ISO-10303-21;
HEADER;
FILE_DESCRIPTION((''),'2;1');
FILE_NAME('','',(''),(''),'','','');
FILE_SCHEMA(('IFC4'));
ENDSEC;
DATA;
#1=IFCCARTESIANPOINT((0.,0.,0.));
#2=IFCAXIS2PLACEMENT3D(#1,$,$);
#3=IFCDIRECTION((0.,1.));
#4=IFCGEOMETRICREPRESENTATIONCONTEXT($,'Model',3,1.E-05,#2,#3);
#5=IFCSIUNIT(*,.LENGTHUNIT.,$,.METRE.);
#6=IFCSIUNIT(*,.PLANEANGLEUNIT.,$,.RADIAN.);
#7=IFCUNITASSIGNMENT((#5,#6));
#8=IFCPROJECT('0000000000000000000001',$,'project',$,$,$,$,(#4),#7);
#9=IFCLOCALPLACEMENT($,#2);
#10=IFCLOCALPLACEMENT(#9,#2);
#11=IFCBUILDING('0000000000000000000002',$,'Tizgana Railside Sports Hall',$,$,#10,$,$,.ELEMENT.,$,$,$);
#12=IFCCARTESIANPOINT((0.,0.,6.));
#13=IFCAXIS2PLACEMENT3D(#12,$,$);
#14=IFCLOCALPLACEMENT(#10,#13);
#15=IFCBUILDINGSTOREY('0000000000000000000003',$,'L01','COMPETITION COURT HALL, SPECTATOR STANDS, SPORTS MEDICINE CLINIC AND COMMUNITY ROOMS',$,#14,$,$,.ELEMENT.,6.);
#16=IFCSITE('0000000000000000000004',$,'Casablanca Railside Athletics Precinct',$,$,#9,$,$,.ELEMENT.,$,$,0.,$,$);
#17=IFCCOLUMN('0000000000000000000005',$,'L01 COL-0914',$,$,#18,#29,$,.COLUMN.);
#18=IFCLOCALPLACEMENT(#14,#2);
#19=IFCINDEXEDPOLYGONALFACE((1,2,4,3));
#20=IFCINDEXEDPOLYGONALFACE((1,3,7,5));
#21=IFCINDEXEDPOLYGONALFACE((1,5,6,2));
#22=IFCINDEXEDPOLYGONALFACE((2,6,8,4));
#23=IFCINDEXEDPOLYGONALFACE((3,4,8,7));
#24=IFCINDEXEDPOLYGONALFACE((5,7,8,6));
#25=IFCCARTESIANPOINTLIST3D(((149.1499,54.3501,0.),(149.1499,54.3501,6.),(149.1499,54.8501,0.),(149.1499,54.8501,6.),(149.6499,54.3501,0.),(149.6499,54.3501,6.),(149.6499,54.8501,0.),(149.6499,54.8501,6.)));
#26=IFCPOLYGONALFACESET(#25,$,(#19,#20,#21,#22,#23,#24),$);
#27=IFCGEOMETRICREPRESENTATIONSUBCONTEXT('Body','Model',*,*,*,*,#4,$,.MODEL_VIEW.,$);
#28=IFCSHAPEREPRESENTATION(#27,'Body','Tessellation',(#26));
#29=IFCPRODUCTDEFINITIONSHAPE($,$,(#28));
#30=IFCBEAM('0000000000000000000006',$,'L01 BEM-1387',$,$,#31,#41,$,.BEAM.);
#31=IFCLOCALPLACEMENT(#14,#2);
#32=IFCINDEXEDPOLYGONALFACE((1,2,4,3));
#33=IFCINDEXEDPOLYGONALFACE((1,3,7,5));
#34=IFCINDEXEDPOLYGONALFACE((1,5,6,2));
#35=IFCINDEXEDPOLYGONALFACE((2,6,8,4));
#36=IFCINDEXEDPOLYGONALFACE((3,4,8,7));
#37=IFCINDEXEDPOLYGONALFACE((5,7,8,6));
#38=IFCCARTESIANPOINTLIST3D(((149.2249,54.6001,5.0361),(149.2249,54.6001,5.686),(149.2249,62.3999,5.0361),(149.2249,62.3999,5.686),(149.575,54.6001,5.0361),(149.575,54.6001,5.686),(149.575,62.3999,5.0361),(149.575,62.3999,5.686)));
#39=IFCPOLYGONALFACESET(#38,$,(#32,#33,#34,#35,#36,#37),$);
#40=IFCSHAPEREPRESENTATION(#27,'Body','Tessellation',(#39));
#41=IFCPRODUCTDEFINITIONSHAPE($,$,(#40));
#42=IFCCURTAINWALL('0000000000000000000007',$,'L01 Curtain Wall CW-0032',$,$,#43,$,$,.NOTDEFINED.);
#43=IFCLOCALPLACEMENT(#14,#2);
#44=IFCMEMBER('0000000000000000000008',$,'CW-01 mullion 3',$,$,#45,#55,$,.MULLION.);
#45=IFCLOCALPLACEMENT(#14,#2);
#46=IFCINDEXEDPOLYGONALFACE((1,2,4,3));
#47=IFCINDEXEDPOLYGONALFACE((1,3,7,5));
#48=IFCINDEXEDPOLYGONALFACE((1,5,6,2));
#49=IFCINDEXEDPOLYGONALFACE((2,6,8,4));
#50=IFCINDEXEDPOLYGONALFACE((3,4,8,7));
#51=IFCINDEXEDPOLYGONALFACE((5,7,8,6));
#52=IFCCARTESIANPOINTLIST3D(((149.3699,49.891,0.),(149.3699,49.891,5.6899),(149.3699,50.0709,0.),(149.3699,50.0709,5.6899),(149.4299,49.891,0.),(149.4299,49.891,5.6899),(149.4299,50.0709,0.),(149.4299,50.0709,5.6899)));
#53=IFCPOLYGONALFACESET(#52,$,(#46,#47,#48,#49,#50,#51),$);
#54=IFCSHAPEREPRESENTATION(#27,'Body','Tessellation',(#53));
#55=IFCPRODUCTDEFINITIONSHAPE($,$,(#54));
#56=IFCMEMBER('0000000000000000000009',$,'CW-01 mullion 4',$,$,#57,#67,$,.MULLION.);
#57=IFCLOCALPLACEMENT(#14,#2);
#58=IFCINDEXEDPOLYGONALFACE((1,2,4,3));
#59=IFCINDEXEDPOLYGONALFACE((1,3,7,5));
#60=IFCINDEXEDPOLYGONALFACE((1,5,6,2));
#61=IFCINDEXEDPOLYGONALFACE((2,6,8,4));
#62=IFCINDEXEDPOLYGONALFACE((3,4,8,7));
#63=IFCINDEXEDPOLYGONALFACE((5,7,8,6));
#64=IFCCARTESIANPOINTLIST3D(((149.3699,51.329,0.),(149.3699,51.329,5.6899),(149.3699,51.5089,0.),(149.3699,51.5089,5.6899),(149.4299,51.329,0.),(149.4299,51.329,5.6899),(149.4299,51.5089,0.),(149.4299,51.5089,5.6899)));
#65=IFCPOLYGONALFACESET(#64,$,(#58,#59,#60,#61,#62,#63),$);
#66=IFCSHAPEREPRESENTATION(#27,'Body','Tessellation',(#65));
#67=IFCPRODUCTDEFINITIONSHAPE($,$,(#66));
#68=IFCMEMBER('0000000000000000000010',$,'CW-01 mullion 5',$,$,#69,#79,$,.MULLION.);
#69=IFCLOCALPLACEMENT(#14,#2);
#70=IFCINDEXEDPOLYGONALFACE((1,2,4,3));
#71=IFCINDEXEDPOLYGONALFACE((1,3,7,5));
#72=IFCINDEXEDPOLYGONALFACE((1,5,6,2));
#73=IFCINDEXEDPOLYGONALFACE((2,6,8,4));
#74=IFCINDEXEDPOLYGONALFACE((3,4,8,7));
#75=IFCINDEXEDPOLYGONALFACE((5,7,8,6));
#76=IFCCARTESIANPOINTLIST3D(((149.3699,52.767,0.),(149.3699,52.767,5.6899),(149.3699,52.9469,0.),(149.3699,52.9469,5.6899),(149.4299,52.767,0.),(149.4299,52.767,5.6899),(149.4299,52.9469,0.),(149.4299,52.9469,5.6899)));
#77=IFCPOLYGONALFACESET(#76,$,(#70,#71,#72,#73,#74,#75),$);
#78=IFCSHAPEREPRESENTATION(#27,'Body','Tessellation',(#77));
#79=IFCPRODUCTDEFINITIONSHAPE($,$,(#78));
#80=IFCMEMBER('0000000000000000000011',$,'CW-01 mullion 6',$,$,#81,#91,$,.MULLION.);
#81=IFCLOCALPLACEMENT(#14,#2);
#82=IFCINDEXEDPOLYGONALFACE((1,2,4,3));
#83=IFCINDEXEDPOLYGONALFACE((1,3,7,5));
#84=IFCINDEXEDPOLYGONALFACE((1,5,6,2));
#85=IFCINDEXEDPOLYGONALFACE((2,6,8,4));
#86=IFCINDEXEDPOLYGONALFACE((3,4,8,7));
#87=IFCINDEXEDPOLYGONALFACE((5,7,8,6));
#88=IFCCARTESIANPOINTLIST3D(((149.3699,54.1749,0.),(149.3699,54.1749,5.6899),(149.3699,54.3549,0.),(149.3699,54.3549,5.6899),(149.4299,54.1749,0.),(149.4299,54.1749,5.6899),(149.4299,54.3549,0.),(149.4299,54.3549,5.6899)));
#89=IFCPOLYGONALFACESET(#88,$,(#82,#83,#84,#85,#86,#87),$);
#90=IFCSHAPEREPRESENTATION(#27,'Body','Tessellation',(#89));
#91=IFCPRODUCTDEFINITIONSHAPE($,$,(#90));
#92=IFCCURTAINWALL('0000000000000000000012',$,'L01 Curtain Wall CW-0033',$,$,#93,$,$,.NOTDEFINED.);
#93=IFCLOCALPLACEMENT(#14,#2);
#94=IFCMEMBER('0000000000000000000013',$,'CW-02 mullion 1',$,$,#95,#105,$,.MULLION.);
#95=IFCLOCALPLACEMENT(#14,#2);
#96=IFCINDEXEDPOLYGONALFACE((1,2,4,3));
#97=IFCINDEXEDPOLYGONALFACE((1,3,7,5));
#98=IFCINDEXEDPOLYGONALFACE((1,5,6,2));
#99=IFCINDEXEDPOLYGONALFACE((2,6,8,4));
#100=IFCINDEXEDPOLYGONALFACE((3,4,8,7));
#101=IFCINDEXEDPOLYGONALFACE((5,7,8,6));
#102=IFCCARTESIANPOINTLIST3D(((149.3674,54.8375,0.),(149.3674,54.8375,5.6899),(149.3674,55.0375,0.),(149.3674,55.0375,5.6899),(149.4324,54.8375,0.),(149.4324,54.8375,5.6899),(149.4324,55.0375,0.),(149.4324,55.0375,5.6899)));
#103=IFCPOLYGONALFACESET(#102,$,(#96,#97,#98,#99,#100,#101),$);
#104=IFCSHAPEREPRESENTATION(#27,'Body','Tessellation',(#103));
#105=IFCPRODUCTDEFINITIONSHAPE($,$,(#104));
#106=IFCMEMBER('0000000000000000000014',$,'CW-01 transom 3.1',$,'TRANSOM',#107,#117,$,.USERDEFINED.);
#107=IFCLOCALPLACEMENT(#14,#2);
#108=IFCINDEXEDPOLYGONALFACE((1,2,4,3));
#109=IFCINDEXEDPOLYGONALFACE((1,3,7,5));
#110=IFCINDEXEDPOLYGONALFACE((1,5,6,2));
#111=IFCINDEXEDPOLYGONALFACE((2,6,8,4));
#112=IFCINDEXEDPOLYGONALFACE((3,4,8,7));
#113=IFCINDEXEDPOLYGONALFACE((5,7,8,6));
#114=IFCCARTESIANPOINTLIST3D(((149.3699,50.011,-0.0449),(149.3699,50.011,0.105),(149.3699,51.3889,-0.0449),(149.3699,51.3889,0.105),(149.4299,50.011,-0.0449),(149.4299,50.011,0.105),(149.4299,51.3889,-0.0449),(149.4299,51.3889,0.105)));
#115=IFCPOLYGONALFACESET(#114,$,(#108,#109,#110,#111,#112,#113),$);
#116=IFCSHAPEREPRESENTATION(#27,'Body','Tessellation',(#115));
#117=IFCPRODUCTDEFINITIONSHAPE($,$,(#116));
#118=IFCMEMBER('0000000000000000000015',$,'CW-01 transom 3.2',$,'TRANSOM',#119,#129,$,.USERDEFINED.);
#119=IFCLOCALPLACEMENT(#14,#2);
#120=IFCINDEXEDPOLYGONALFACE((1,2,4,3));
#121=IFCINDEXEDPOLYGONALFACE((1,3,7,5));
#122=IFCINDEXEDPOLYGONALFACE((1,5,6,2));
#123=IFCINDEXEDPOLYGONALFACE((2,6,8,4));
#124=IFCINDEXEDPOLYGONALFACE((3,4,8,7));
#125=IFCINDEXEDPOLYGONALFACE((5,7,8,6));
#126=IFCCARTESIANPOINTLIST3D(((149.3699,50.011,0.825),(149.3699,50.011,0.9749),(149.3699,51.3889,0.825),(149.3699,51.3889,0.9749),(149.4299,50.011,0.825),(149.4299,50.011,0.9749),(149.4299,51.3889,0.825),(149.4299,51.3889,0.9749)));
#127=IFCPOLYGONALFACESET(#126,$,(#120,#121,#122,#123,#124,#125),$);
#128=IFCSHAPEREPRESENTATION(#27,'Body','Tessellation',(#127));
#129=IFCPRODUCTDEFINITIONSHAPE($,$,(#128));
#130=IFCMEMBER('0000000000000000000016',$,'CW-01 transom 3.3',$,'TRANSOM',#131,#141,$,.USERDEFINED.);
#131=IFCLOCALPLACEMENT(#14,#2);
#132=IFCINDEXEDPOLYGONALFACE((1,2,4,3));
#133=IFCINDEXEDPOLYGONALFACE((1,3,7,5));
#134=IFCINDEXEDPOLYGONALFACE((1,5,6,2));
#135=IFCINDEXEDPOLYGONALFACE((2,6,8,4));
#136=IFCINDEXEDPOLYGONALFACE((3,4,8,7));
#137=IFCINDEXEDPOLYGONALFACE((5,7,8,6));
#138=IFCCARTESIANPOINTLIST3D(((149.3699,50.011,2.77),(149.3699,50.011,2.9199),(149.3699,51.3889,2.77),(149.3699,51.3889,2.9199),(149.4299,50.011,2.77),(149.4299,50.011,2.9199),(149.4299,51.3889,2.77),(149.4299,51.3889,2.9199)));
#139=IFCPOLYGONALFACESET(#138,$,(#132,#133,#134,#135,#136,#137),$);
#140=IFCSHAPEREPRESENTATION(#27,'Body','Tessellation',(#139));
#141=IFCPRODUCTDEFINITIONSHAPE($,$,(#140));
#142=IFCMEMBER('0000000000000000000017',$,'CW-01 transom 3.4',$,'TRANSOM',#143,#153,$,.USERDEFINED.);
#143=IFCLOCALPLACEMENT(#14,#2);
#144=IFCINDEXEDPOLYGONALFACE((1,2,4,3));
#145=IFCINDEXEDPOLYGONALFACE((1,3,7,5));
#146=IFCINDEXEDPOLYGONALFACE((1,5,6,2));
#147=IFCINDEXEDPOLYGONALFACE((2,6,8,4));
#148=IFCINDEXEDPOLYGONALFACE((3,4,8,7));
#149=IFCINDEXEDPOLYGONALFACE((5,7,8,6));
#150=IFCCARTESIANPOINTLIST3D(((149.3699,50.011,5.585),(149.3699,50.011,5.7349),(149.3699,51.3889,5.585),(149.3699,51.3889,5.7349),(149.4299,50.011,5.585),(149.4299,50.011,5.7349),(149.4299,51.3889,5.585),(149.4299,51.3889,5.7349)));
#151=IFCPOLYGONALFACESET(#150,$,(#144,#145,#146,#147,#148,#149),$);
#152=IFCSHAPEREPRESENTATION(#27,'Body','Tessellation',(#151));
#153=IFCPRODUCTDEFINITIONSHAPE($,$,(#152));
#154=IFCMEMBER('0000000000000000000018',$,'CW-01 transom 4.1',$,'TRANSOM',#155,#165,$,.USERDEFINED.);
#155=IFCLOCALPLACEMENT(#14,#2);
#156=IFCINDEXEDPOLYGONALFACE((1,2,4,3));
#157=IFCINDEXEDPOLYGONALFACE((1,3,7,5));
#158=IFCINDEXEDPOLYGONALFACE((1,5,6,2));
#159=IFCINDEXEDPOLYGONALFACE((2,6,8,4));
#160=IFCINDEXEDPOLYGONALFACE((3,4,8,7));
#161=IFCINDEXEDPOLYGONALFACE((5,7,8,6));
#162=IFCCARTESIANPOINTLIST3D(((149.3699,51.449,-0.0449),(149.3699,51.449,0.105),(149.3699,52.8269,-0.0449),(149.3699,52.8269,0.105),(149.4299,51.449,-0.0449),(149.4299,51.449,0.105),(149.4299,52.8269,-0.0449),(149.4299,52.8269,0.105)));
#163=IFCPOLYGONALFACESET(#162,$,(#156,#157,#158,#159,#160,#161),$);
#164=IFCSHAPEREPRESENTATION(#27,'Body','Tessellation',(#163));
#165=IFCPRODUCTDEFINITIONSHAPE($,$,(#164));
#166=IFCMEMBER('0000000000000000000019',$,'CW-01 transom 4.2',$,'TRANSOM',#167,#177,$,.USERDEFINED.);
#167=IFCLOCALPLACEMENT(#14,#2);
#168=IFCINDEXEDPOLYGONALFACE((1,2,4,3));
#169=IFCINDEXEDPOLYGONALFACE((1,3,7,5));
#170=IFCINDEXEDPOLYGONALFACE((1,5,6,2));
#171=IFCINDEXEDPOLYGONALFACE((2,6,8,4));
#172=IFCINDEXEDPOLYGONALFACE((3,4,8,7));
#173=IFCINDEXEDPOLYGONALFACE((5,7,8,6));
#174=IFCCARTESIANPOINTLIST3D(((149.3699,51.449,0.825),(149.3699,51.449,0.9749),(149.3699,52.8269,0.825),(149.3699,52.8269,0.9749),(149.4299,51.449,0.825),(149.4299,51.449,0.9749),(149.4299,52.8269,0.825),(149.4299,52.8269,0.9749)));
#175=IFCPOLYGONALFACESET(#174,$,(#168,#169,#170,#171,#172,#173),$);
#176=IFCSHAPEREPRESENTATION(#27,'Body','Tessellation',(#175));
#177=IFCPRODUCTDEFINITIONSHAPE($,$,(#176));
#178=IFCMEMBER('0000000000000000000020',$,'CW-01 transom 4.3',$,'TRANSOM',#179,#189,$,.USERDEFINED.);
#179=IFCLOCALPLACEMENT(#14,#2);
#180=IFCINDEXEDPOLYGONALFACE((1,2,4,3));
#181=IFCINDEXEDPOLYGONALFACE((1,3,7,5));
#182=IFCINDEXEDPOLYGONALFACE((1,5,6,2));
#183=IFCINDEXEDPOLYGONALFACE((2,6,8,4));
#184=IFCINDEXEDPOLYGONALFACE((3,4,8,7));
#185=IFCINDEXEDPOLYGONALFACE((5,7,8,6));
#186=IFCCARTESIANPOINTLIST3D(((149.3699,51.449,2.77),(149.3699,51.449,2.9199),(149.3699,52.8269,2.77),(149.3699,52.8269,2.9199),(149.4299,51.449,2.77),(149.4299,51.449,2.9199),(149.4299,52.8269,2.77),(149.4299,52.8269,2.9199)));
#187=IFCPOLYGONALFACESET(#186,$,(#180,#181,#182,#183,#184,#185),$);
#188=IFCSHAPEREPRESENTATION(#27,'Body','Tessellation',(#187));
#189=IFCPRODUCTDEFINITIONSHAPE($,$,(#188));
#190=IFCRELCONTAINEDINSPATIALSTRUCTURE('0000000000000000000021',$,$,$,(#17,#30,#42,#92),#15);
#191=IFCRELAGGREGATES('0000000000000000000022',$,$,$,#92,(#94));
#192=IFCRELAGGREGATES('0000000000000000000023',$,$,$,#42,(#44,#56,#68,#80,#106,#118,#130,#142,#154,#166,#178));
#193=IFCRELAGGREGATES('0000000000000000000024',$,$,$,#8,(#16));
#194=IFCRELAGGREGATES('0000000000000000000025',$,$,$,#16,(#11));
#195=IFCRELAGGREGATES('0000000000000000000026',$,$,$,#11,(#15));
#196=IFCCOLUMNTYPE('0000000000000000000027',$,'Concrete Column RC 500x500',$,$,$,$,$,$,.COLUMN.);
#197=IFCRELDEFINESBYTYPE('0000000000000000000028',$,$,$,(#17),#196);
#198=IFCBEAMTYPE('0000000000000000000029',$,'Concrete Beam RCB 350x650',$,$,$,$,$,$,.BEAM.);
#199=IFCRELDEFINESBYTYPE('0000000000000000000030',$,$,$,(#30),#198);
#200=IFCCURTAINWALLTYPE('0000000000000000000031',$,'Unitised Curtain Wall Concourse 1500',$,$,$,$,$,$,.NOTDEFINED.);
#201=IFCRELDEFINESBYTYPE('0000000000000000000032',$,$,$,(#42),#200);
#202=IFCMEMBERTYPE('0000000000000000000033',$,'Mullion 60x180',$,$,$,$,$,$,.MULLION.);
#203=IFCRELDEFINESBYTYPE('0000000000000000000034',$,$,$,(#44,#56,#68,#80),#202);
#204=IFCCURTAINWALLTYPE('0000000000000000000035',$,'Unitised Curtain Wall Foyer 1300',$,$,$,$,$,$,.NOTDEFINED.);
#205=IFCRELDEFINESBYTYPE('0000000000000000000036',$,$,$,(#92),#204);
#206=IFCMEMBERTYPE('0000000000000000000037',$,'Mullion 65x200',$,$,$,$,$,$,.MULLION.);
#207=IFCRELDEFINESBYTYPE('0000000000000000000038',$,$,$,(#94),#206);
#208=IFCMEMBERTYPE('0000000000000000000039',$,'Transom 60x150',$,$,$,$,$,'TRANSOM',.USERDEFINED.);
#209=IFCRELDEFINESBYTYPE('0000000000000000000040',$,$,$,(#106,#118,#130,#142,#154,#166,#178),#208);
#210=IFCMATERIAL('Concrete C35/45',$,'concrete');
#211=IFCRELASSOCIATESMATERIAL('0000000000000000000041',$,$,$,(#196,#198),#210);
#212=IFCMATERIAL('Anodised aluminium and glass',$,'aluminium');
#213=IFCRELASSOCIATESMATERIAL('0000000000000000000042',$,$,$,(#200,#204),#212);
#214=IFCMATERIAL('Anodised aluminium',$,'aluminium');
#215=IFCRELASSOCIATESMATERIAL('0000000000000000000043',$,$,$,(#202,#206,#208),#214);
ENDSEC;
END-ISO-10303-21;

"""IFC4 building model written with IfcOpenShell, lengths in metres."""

from ifc_helpers import new_model, si_unit, direction, frame, origin, origin_2d, place, context, subcontext, project, spatial, rectangle, extrude, material, material_profile, profile_set, type_object, element, aggregate, save


model = new_model("IFC4")

# Units and contexts
model_context = context("Model", 3, precision=1e-05, world=origin(), true_north=direction((0.0, 1.0)))
body_context = subcontext(model_context, "Body", "Model", "MODEL_VIEW")
ifc_project = project(units=[si_unit("LENGTHUNIT", "METRE"), si_unit("PLANEANGLEUNIT", "RADIAN")], contexts=[model_context])

# Site, building, storey
site_placement = place(None, origin())
site = spatial("IfcSite", under=ifc_project, at=site_placement, Name="Casablanca Railside Athletics Precinct", CompositionType="ELEMENT", RefElevation=0.0)
building_placement = place(site_placement, origin())
building = spatial("IfcBuilding", under=site, at=building_placement, Name="Tizgana Railside Sports Hall", CompositionType="ELEMENT")
storey_placement = place(building_placement, frame((0.0, 0.0, 6.0)))
storey = spatial("IfcBuildingStorey", under=building, at=storey_placement, Name="L01", Description="COMPETITION COURT HALL, SPECTATOR STANDS, SPORTS MEDICINE CLINIC AND COMMUNITY ROOMS", CompositionType="ELEMENT", Elevation=6.0)

# Column
ifc_material_1 = material(Name="Concrete C35/45", Category="concrete")
ifc_material_profile_1 = material_profile(ifc_material_1, rectangle(XDim=0.5, YDim=0.5, at=origin_2d()), Name="RC 500x500")
ifc_profile_set_1 = profile_set([ifc_material_profile_1], Name="Concrete C35/45")
column_type = type_object("IfcColumnType", Name="Concrete Column RC 500x500", PredefinedType="COLUMN", material=ifc_profile_set_1)
column_placement = place(storey_placement, frame((149.3999, 54.6001, 0.0), z_axis=(0.0, 0.0, 1.0), x_axis=(1.0, 0.0, 0.0)))
element("IfcColumn", 1, at=column_placement, inside=storey, type_object=column_type, Name="L01 COL-0914", PredefinedType="COLUMN", context=body_context, shape_type="SweptSolid", body=[
    extrude(rectangle(XDim=0.5, YDim=0.5, at=origin_2d()), origin(), (0.0, 0.0, 1.0), 6.0),
])

# Beam
ifc_material_profile_2 = material_profile(ifc_material_1, rectangle(XDim=0.3501, YDim=0.6499, at=origin_2d()), Name="RCB 350x650")
ifc_profile_set_2 = profile_set([ifc_material_profile_2], Name="Concrete C35/45")
beam_type = type_object("IfcBeamType", Name="Concrete Beam RCB 350x650", PredefinedType="BEAM", material=ifc_profile_set_2)
beam_placement = place(storey_placement, frame((149.3999, 54.6001, 5.3611), z_axis=(0.0, 1.0, 0.0), x_axis=(-1.0, 0.0, 0.0)))
element("IfcBeam", 2, at=beam_placement, inside=storey, type_object=beam_type, Name="L01 BEM-1387", PredefinedType="BEAM", context=body_context, shape_type="SweptSolid", body=[
    extrude(rectangle(XDim=0.3501, YDim=0.6499, at=origin_2d()), origin(), (0.0, 0.0, 1.0), 7.7998),
])

# Curtain wall, members
ifc_material_2 = material(Name="Anodised aluminium and glass", Category="aluminium")
curtain_wall_type_1 = type_object("IfcCurtainWallType", Name="Unitised Curtain Wall Concourse 1500", PredefinedType="NOTDEFINED", material=ifc_material_2)
curtain_wall_1_placement = place(storey_placement, origin())
curtain_wall_1 = element("IfcCurtainWall", 3, at=curtain_wall_1_placement, inside=storey, type_object=curtain_wall_type_1, Name="L01 Curtain Wall CW-0032", PredefinedType="NOTDEFINED")
ifc_material_3 = material(Name="Anodised aluminium", Category="aluminium")
ifc_material_profile_3 = material_profile(ifc_material_3, rectangle(XDim=0.0601, YDim=0.1799, at=origin_2d()), Name="Mullion 60x180")
ifc_profile_set_3 = profile_set([ifc_material_profile_3], Name="Anodised aluminium")
member_type_1 = type_object("IfcMemberType", Name="Mullion 60x180", PredefinedType="MULLION", material=ifc_profile_set_3)
member_1_placement = place(storey_placement, frame((149.3999, 49.981, 0.0), z_axis=(0.0, 0.0, 1.0), x_axis=(-1.0, 0.0, 0.0)))
member_1 = element("IfcMember", 4, at=member_1_placement, type_object=member_type_1, Name="CW-01 mullion 3", PredefinedType="MULLION", context=body_context, shape_type="SweptSolid", body=[
    extrude(rectangle(XDim=0.0601, YDim=0.1799, at=origin_2d()), origin(), (0.0, 0.0, 1.0), 5.6899),
])
member_2_placement = place(storey_placement, frame((149.3999, 51.4189, 0.0), z_axis=(0.0, 0.0, 1.0), x_axis=(-1.0, 0.0, 0.0)))
member_2 = element("IfcMember", 5, at=member_2_placement, type_object=member_type_1, Name="CW-01 mullion 4", PredefinedType="MULLION", context=body_context, shape_type="SweptSolid", body=[
    extrude(rectangle(XDim=0.0601, YDim=0.1799, at=origin_2d()), origin(), (0.0, 0.0, 1.0), 5.6899),
])
member_3_placement = place(storey_placement, frame((149.3999, 52.8569, 0.0), z_axis=(0.0, 0.0, 1.0), x_axis=(-1.0, 0.0, 0.0)))
member_3 = element("IfcMember", 6, at=member_3_placement, type_object=member_type_1, Name="CW-01 mullion 5", PredefinedType="MULLION", context=body_context, shape_type="SweptSolid", body=[
    extrude(rectangle(XDim=0.0601, YDim=0.1799, at=origin_2d()), origin(), (0.0, 0.0, 1.0), 5.6899),
])
member_4_placement = place(storey_placement, frame((149.3999, 54.2649, 0.0), z_axis=(0.0, 0.0, 1.0), x_axis=(-1.0, 0.0, 0.0)))
member_4 = element("IfcMember", 7, at=member_4_placement, type_object=member_type_1, Name="CW-01 mullion 6", PredefinedType="MULLION", context=body_context, shape_type="SweptSolid", body=[
    extrude(rectangle(XDim=0.0601, YDim=0.1799, at=origin_2d()), origin(), (0.0, 0.0, 1.0), 5.6899),
])

# Curtain wall, member
curtain_wall_type_2 = type_object("IfcCurtainWallType", Name="Unitised Curtain Wall Foyer 1300", PredefinedType="NOTDEFINED", material=ifc_material_2)
curtain_wall_2_placement = place(storey_placement, origin())
curtain_wall_2 = element("IfcCurtainWall", 8, at=curtain_wall_2_placement, inside=storey, type_object=curtain_wall_type_2, Name="L01 Curtain Wall CW-0033", PredefinedType="NOTDEFINED")
ifc_material_profile_4 = material_profile(ifc_material_3, rectangle(XDim=0.0649, YDim=0.2, at=origin_2d()), Name="Mullion 65x200")
ifc_profile_set_4 = profile_set([ifc_material_profile_4], Name="Anodised aluminium")
member_type_2 = type_object("IfcMemberType", Name="Mullion 65x200", PredefinedType="MULLION", material=ifc_profile_set_4)
member_5_placement = place(storey_placement, frame((149.3999, 54.9375, 0.0), z_axis=(0.0, 0.0, 1.0), x_axis=(-1.0, 0.0, 0.0)))
member_5 = element("IfcMember", 9, at=member_5_placement, type_object=member_type_2, Name="CW-02 mullion 1", PredefinedType="MULLION", context=body_context, shape_type="SweptSolid", body=[
    extrude(rectangle(XDim=0.0649, YDim=0.2, at=origin_2d()), origin(), (0.0, 0.0, 1.0), 5.6899),
])

# Members
ifc_material_profile_5 = material_profile(ifc_material_3, rectangle(XDim=0.0601, YDim=0.1499, at=origin_2d()), Name="Transom 60x150")
ifc_profile_set_5 = profile_set([ifc_material_profile_5], Name="Anodised aluminium")
member_type_3 = type_object("IfcMemberType", Name="Transom 60x150", ElementType="TRANSOM", PredefinedType="USERDEFINED", material=ifc_profile_set_5)
member_6_placement = place(storey_placement, frame((149.3999, 50.011, 0.03), z_axis=(0.0, 1.0, 0.0), x_axis=(-1.0, 0.0, 0.0)))
member_6 = element("IfcMember", 10, at=member_6_placement, type_object=member_type_3, Name="CW-01 transom 3.1", ObjectType="TRANSOM", PredefinedType="USERDEFINED", context=body_context, shape_type="SweptSolid", body=[
    extrude(rectangle(XDim=0.0601, YDim=0.1499, at=origin_2d()), origin(), (0.0, 0.0, 1.0), 1.3779),
])
member_7_placement = place(storey_placement, frame((149.3999, 50.011, 0.8999), z_axis=(0.0, 1.0, 0.0), x_axis=(-1.0, 0.0, 0.0)))
member_7 = element("IfcMember", 11, at=member_7_placement, type_object=member_type_3, Name="CW-01 transom 3.2", ObjectType="TRANSOM", PredefinedType="USERDEFINED", context=body_context, shape_type="SweptSolid", body=[
    extrude(rectangle(XDim=0.0601, YDim=0.1499, at=origin_2d()), origin(), (0.0, 0.0, 1.0), 1.3779),
])
member_8_placement = place(storey_placement, frame((149.3999, 50.011, 2.845), z_axis=(0.0, 1.0, 0.0), x_axis=(-1.0, 0.0, 0.0)))
member_8 = element("IfcMember", 12, at=member_8_placement, type_object=member_type_3, Name="CW-01 transom 3.3", ObjectType="TRANSOM", PredefinedType="USERDEFINED", context=body_context, shape_type="SweptSolid", body=[
    extrude(rectangle(XDim=0.0601, YDim=0.1499, at=origin_2d()), origin(), (0.0, 0.0, 1.0), 1.3779),
])
member_9_placement = place(storey_placement, frame((149.3999, 50.011, 5.6599), z_axis=(0.0, 1.0, 0.0), x_axis=(-1.0, 0.0, 0.0)))
member_9 = element("IfcMember", 13, at=member_9_placement, type_object=member_type_3, Name="CW-01 transom 3.4", ObjectType="TRANSOM", PredefinedType="USERDEFINED", context=body_context, shape_type="SweptSolid", body=[
    extrude(rectangle(XDim=0.0601, YDim=0.1499, at=origin_2d()), origin(), (0.0, 0.0, 1.0), 1.3779),
])
member_10_placement = place(storey_placement, frame((149.3999, 51.449, 0.03), z_axis=(0.0, 1.0, 0.0), x_axis=(-1.0, 0.0, 0.0)))
member_10 = element("IfcMember", 14, at=member_10_placement, type_object=member_type_3, Name="CW-01 transom 4.1", ObjectType="TRANSOM", PredefinedType="USERDEFINED", context=body_context, shape_type="SweptSolid", body=[
    extrude(rectangle(XDim=0.0601, YDim=0.1499, at=origin_2d()), origin(), (0.0, 0.0, 1.0), 1.3779),
])
member_11_placement = place(storey_placement, frame((149.3999, 51.449, 0.8999), z_axis=(0.0, 1.0, 0.0), x_axis=(-1.0, 0.0, 0.0)))
member_11 = element("IfcMember", 15, at=member_11_placement, type_object=member_type_3, Name="CW-01 transom 4.2", ObjectType="TRANSOM", PredefinedType="USERDEFINED", context=body_context, shape_type="SweptSolid", body=[
    extrude(rectangle(XDim=0.0601, YDim=0.1499, at=origin_2d()), origin(), (0.0, 0.0, 1.0), 1.3779),
])
member_12_placement = place(storey_placement, frame((149.3999, 51.449, 2.845), z_axis=(0.0, 1.0, 0.0), x_axis=(-1.0, 0.0, 0.0)))
member_12 = element("IfcMember", 16, at=member_12_placement, type_object=member_type_3, Name="CW-01 transom 4.3", ObjectType="TRANSOM", PredefinedType="USERDEFINED", context=body_context, shape_type="SweptSolid", body=[
    extrude(rectangle(XDim=0.0601, YDim=0.1499, at=origin_2d()), origin(), (0.0, 0.0, 1.0), 1.3779),
])
aggregate(curtain_wall_2, [member_5])

aggregate(curtain_wall_1, [member_1, member_2, member_3, member_4, member_6, member_7, member_8, member_9, member_10, member_11, member_12])

save(model, "model.ifc")
